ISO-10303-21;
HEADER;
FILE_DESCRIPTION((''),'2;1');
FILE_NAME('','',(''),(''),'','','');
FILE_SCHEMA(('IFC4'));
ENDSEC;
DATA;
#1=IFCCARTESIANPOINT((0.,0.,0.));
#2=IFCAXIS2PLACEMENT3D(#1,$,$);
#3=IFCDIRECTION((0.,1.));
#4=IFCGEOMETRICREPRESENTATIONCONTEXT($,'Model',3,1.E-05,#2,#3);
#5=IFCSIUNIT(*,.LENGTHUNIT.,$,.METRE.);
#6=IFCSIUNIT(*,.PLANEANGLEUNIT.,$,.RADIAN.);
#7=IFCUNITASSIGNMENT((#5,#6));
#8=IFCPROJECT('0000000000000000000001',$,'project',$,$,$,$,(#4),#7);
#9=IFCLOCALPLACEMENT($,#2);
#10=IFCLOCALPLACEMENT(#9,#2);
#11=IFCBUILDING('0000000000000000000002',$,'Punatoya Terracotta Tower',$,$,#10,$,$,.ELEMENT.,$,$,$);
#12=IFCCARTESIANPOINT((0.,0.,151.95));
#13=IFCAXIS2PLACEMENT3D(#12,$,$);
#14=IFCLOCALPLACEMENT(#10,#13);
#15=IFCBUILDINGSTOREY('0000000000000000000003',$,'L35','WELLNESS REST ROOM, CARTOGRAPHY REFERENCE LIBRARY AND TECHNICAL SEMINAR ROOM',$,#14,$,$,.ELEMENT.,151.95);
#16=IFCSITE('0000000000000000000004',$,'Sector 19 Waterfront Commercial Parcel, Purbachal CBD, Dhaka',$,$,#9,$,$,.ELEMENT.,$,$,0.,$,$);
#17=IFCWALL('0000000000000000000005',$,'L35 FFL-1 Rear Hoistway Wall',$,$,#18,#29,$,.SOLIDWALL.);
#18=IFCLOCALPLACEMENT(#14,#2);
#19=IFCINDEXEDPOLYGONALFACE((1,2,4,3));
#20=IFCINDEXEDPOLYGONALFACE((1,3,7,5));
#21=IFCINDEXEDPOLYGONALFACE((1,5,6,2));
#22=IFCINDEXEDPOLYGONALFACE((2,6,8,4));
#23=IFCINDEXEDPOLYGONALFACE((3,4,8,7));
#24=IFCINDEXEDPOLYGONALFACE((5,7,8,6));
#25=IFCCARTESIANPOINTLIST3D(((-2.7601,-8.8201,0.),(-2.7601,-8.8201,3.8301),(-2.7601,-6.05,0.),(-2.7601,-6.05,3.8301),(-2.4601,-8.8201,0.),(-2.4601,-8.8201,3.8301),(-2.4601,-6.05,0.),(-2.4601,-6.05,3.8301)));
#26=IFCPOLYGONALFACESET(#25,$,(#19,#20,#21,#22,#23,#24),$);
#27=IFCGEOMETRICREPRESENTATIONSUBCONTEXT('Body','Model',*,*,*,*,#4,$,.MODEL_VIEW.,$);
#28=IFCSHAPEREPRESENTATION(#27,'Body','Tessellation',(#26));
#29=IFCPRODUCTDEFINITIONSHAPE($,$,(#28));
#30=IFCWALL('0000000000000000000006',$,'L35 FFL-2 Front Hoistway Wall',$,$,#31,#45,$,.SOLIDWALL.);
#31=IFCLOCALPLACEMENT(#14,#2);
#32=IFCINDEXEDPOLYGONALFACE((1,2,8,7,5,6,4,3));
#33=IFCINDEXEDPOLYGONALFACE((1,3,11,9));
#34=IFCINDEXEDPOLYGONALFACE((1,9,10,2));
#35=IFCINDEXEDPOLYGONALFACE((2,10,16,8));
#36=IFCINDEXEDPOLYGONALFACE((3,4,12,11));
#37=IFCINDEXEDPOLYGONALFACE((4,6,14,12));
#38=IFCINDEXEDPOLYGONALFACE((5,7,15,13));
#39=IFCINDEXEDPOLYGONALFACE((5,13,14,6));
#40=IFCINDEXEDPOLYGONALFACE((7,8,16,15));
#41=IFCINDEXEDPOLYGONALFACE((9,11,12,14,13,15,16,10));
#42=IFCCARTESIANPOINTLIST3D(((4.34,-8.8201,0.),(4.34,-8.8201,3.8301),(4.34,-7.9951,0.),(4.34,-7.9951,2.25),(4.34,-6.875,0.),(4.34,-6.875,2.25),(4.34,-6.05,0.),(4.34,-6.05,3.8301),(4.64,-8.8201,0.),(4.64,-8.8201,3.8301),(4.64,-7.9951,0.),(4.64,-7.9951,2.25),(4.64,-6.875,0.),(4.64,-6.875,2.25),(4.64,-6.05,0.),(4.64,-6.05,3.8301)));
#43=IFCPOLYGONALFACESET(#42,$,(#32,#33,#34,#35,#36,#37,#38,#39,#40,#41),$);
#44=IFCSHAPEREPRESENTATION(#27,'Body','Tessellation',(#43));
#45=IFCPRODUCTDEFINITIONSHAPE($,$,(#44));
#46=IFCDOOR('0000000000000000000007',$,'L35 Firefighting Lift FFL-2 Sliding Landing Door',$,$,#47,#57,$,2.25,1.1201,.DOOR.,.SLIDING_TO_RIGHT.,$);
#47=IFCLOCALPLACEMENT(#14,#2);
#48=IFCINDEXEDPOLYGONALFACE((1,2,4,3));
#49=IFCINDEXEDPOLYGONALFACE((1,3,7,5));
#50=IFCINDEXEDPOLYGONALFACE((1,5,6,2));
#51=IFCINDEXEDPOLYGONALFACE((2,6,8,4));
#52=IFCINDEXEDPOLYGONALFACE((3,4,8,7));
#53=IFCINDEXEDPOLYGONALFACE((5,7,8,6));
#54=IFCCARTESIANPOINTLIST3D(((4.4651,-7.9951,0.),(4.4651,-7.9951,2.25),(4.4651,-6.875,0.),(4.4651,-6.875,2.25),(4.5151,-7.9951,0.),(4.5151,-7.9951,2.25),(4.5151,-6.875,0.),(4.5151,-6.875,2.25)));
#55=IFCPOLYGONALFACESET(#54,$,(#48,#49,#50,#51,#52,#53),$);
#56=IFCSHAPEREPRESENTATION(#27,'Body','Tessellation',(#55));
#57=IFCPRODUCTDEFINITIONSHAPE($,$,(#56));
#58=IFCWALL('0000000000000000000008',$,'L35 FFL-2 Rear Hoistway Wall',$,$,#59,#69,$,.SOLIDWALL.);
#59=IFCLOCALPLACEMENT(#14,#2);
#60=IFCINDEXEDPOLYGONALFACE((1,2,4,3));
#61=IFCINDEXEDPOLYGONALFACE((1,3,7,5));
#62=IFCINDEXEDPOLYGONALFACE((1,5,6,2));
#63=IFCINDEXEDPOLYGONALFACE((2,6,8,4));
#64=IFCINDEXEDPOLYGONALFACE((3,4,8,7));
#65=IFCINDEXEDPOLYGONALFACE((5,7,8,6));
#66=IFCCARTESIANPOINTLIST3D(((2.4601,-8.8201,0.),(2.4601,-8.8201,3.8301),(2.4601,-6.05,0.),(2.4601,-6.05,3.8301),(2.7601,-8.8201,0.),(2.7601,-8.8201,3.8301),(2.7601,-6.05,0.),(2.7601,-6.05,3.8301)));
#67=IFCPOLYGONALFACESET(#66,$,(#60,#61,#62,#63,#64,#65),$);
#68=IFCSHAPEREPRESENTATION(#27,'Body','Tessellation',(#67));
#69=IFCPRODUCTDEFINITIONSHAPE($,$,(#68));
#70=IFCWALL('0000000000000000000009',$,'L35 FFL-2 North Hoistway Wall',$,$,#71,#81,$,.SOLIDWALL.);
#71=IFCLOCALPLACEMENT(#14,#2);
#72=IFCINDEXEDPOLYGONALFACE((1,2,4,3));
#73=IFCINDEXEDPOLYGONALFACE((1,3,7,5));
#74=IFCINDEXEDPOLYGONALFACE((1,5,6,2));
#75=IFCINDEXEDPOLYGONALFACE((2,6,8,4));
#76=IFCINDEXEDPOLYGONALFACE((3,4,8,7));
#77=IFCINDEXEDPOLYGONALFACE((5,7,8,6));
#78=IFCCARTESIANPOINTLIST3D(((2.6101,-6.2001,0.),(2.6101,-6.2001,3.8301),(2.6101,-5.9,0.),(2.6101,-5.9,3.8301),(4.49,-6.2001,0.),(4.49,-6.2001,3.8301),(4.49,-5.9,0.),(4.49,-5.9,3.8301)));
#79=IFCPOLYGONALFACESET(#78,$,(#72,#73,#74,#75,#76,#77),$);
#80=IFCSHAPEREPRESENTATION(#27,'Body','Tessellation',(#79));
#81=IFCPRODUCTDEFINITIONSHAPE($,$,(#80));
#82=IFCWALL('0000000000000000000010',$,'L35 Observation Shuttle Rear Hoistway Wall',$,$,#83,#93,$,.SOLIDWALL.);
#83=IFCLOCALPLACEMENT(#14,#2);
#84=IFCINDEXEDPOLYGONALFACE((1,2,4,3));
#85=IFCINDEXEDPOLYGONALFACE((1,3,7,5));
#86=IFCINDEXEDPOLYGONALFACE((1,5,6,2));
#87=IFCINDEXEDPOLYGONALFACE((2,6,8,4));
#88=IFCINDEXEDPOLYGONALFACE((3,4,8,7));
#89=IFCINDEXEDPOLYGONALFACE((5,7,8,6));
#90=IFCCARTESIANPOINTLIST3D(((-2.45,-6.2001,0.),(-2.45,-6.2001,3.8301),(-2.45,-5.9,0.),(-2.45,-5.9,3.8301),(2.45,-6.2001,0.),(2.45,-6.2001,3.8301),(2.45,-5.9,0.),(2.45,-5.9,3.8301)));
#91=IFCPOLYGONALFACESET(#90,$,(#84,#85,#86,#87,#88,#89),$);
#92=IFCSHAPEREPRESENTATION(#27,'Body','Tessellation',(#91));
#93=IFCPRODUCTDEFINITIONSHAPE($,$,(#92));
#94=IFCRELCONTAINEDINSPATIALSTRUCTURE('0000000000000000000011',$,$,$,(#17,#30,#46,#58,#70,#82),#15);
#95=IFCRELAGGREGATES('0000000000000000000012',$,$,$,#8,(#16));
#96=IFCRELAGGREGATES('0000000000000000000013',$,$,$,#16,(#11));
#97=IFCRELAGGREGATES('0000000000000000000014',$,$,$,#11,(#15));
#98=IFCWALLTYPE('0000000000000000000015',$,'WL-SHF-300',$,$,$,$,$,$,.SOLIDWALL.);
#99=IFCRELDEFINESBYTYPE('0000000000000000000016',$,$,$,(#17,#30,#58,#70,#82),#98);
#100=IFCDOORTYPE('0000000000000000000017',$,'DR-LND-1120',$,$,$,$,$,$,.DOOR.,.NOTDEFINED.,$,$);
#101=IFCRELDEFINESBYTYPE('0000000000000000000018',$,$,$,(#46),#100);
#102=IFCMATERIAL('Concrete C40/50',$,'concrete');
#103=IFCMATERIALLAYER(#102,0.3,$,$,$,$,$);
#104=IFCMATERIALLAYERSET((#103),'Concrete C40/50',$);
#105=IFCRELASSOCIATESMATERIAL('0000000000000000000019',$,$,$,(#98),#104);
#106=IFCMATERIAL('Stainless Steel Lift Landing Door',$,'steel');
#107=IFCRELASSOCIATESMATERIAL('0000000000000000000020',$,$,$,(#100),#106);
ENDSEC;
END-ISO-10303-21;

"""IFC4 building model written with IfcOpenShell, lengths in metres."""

from ifc_helpers import new_model, si_unit, direction, frame, frame_2d, origin, place, context, subcontext, project, spatial, rectangle, extrude, material, layer, layer_set, type_object, element, fill, save


model = new_model("IFC4")

# Units and contexts
model_context = context("Model", 3, precision=1e-05, world=origin(), true_north=direction((0.0, 1.0)))
body_context = subcontext(model_context, "Body", "Model", "MODEL_VIEW")
ifc_project = project(units=[si_unit("LENGTHUNIT", "METRE"), si_unit("PLANEANGLEUNIT", "RADIAN")], contexts=[model_context])

# Site, building, storey
site_placement = place(None, origin())
site = spatial("IfcSite", under=ifc_project, at=site_placement, Name="Sector 19 Waterfront Commercial Parcel, Purbachal CBD, Dhaka", CompositionType="ELEMENT", RefElevation=0.0)
building_placement = place(site_placement, origin())
building = spatial("IfcBuilding", under=site, at=building_placement, Name="Punatoya Terracotta Tower", CompositionType="ELEMENT")
storey_placement = place(building_placement, frame((0.0, 0.0, 151.95)))
storey = spatial("IfcBuildingStorey", under=building, at=storey_placement, Name="L35", Description="WELLNESS REST ROOM, CARTOGRAPHY REFERENCE LIBRARY AND TECHNICAL SEMINAR ROOM", CompositionType="ELEMENT", Elevation=151.95)

# Wall
ifc_material_1 = material(Name="Concrete C40/50", Category="concrete")
ifc_layer_1 = layer(ifc_material_1, 0.3)
ifc_layer_set_1 = layer_set([ifc_layer_1], Name="Concrete C40/50")
wall_type_1 = type_object("IfcWallType", Name="WL-SHF-300", PredefinedType="SOLIDWALL", material=ifc_layer_set_1)
wall_1_placement = place(storey_placement, frame((-2.6101, -8.8201, 0.0), z_axis=(0.0, 0.0, 1.0), x_axis=(0.0, 1.0, 0.0)))
element("IfcWall", 1, at=wall_1_placement, inside=storey, type_object=wall_type_1, Name="L35 FFL-1 Rear Hoistway Wall", PredefinedType="SOLIDWALL", context=body_context, shape_type="SweptSolid", body=[
    extrude(rectangle(XDim=2.77, YDim=0.3, at=frame_2d((1.385, 0.0))), origin(), (0.0, 0.0, 1.0), 3.8301),
])

# Wall, opening, door
wall_2_placement = place(storey_placement, frame((4.49, -8.8201, 0.0), z_axis=(0.0, 0.0, 1.0), x_axis=(0.0, 1.0, 0.0)))
wall_2 = element("IfcWall", 2, at=wall_2_placement, inside=storey, type_object=wall_type_1, Name="L35 FFL-2 Front Hoistway Wall", PredefinedType="SOLIDWALL", context=body_context, shape_type="SweptSolid", body=[
    extrude(rectangle(XDim=2.77, YDim=0.3, at=frame_2d((1.385, 0.0))), origin(), (0.0, 0.0, 1.0), 3.8301),
])
opening_1_placement = place(wall_2_placement, frame((0.825, 0.0, 0.0)))
opening_1 = element("IfcOpeningElement", 3, at=opening_1_placement, cuts=wall_2, PredefinedType="OPENING", context=body_context, shape_type="SweptSolid", body=[
    extrude(rectangle(XDim=1.1201, YDim=2.25, at=frame_2d((0.5601, 1.125))), frame((0.0, 0.1599, 0.0), z_axis=(0.0, -1.0, 0.0), x_axis=(1.0, 0.0, 0.0)), (0.0, 0.0, 1.0), 0.3201),
])
ifc_material_2 = material(Name="Stainless Steel Lift Landing Door", Category="steel")
door_type_1 = type_object("IfcDoorType", Name="DR-LND-1120", OperationType="NOTDEFINED", PredefinedType="DOOR", material=ifc_material_2)
door_1_placement = place(opening_1_placement, origin())
door_1 = element("IfcDoor", 4, at=door_1_placement, inside=storey, type_object=door_type_1, Name="L35 Firefighting Lift FFL-2 Sliding Landing Door", OperationType="SLIDING_TO_RIGHT", OverallHeight=2.25, OverallWidth=1.1201, PredefinedType="DOOR", context=body_context, shape_type="SweptSolid", body=[
    extrude(rectangle(XDim=1.1201, YDim=2.25, at=frame_2d((0.5601, 1.125))), frame((0.0, 0.0249, 0.0), z_axis=(0.0, -1.0, 0.0), x_axis=(1.0, 0.0, 0.0)), (0.0, 0.0, 1.0), 0.05),
])
fill(opening_1, door_1)

# Walls
wall_3_placement = place(storey_placement, frame((2.6101, -8.8201, 0.0), z_axis=(0.0, 0.0, 1.0), x_axis=(0.0, 1.0, 0.0)))
element("IfcWall", 5, at=wall_3_placement, inside=storey, type_object=wall_type_1, Name="L35 FFL-2 Rear Hoistway Wall", PredefinedType="SOLIDWALL", context=body_context, shape_type="SweptSolid", body=[
    extrude(rectangle(XDim=2.77, YDim=0.3, at=frame_2d((1.385, 0.0))), origin(), (0.0, 0.0, 1.0), 3.8301),
])
wall_4_placement = place(storey_placement, frame((2.6101, -6.05, 0.0), z_axis=(0.0, 0.0, 1.0), x_axis=(1.0, 0.0, 0.0)))
element("IfcWall", 6, at=wall_4_placement, inside=storey, type_object=wall_type_1, Name="L35 FFL-2 North Hoistway Wall", PredefinedType="SOLIDWALL", context=body_context, shape_type="SweptSolid", body=[
    extrude(rectangle(XDim=1.8799, YDim=0.3, at=frame_2d((0.9399, 0.0))), origin(), (0.0, 0.0, 1.0), 3.8301),
])
wall_5_placement = place(storey_placement, frame((-2.45, -6.05, 0.0), z_axis=(0.0, 0.0, 1.0), x_axis=(1.0, 0.0, 0.0)))
element("IfcWall", 7, at=wall_5_placement, inside=storey, type_object=wall_type_1, Name="L35 Observation Shuttle Rear Hoistway Wall", PredefinedType="SOLIDWALL", context=body_context, shape_type="SweptSolid", body=[
    extrude(rectangle(XDim=4.8999, YDim=0.3, at=frame_2d((2.45, 0.0))), origin(), (0.0, 0.0, 1.0), 3.8301),
])

save(model, "model.ifc")
